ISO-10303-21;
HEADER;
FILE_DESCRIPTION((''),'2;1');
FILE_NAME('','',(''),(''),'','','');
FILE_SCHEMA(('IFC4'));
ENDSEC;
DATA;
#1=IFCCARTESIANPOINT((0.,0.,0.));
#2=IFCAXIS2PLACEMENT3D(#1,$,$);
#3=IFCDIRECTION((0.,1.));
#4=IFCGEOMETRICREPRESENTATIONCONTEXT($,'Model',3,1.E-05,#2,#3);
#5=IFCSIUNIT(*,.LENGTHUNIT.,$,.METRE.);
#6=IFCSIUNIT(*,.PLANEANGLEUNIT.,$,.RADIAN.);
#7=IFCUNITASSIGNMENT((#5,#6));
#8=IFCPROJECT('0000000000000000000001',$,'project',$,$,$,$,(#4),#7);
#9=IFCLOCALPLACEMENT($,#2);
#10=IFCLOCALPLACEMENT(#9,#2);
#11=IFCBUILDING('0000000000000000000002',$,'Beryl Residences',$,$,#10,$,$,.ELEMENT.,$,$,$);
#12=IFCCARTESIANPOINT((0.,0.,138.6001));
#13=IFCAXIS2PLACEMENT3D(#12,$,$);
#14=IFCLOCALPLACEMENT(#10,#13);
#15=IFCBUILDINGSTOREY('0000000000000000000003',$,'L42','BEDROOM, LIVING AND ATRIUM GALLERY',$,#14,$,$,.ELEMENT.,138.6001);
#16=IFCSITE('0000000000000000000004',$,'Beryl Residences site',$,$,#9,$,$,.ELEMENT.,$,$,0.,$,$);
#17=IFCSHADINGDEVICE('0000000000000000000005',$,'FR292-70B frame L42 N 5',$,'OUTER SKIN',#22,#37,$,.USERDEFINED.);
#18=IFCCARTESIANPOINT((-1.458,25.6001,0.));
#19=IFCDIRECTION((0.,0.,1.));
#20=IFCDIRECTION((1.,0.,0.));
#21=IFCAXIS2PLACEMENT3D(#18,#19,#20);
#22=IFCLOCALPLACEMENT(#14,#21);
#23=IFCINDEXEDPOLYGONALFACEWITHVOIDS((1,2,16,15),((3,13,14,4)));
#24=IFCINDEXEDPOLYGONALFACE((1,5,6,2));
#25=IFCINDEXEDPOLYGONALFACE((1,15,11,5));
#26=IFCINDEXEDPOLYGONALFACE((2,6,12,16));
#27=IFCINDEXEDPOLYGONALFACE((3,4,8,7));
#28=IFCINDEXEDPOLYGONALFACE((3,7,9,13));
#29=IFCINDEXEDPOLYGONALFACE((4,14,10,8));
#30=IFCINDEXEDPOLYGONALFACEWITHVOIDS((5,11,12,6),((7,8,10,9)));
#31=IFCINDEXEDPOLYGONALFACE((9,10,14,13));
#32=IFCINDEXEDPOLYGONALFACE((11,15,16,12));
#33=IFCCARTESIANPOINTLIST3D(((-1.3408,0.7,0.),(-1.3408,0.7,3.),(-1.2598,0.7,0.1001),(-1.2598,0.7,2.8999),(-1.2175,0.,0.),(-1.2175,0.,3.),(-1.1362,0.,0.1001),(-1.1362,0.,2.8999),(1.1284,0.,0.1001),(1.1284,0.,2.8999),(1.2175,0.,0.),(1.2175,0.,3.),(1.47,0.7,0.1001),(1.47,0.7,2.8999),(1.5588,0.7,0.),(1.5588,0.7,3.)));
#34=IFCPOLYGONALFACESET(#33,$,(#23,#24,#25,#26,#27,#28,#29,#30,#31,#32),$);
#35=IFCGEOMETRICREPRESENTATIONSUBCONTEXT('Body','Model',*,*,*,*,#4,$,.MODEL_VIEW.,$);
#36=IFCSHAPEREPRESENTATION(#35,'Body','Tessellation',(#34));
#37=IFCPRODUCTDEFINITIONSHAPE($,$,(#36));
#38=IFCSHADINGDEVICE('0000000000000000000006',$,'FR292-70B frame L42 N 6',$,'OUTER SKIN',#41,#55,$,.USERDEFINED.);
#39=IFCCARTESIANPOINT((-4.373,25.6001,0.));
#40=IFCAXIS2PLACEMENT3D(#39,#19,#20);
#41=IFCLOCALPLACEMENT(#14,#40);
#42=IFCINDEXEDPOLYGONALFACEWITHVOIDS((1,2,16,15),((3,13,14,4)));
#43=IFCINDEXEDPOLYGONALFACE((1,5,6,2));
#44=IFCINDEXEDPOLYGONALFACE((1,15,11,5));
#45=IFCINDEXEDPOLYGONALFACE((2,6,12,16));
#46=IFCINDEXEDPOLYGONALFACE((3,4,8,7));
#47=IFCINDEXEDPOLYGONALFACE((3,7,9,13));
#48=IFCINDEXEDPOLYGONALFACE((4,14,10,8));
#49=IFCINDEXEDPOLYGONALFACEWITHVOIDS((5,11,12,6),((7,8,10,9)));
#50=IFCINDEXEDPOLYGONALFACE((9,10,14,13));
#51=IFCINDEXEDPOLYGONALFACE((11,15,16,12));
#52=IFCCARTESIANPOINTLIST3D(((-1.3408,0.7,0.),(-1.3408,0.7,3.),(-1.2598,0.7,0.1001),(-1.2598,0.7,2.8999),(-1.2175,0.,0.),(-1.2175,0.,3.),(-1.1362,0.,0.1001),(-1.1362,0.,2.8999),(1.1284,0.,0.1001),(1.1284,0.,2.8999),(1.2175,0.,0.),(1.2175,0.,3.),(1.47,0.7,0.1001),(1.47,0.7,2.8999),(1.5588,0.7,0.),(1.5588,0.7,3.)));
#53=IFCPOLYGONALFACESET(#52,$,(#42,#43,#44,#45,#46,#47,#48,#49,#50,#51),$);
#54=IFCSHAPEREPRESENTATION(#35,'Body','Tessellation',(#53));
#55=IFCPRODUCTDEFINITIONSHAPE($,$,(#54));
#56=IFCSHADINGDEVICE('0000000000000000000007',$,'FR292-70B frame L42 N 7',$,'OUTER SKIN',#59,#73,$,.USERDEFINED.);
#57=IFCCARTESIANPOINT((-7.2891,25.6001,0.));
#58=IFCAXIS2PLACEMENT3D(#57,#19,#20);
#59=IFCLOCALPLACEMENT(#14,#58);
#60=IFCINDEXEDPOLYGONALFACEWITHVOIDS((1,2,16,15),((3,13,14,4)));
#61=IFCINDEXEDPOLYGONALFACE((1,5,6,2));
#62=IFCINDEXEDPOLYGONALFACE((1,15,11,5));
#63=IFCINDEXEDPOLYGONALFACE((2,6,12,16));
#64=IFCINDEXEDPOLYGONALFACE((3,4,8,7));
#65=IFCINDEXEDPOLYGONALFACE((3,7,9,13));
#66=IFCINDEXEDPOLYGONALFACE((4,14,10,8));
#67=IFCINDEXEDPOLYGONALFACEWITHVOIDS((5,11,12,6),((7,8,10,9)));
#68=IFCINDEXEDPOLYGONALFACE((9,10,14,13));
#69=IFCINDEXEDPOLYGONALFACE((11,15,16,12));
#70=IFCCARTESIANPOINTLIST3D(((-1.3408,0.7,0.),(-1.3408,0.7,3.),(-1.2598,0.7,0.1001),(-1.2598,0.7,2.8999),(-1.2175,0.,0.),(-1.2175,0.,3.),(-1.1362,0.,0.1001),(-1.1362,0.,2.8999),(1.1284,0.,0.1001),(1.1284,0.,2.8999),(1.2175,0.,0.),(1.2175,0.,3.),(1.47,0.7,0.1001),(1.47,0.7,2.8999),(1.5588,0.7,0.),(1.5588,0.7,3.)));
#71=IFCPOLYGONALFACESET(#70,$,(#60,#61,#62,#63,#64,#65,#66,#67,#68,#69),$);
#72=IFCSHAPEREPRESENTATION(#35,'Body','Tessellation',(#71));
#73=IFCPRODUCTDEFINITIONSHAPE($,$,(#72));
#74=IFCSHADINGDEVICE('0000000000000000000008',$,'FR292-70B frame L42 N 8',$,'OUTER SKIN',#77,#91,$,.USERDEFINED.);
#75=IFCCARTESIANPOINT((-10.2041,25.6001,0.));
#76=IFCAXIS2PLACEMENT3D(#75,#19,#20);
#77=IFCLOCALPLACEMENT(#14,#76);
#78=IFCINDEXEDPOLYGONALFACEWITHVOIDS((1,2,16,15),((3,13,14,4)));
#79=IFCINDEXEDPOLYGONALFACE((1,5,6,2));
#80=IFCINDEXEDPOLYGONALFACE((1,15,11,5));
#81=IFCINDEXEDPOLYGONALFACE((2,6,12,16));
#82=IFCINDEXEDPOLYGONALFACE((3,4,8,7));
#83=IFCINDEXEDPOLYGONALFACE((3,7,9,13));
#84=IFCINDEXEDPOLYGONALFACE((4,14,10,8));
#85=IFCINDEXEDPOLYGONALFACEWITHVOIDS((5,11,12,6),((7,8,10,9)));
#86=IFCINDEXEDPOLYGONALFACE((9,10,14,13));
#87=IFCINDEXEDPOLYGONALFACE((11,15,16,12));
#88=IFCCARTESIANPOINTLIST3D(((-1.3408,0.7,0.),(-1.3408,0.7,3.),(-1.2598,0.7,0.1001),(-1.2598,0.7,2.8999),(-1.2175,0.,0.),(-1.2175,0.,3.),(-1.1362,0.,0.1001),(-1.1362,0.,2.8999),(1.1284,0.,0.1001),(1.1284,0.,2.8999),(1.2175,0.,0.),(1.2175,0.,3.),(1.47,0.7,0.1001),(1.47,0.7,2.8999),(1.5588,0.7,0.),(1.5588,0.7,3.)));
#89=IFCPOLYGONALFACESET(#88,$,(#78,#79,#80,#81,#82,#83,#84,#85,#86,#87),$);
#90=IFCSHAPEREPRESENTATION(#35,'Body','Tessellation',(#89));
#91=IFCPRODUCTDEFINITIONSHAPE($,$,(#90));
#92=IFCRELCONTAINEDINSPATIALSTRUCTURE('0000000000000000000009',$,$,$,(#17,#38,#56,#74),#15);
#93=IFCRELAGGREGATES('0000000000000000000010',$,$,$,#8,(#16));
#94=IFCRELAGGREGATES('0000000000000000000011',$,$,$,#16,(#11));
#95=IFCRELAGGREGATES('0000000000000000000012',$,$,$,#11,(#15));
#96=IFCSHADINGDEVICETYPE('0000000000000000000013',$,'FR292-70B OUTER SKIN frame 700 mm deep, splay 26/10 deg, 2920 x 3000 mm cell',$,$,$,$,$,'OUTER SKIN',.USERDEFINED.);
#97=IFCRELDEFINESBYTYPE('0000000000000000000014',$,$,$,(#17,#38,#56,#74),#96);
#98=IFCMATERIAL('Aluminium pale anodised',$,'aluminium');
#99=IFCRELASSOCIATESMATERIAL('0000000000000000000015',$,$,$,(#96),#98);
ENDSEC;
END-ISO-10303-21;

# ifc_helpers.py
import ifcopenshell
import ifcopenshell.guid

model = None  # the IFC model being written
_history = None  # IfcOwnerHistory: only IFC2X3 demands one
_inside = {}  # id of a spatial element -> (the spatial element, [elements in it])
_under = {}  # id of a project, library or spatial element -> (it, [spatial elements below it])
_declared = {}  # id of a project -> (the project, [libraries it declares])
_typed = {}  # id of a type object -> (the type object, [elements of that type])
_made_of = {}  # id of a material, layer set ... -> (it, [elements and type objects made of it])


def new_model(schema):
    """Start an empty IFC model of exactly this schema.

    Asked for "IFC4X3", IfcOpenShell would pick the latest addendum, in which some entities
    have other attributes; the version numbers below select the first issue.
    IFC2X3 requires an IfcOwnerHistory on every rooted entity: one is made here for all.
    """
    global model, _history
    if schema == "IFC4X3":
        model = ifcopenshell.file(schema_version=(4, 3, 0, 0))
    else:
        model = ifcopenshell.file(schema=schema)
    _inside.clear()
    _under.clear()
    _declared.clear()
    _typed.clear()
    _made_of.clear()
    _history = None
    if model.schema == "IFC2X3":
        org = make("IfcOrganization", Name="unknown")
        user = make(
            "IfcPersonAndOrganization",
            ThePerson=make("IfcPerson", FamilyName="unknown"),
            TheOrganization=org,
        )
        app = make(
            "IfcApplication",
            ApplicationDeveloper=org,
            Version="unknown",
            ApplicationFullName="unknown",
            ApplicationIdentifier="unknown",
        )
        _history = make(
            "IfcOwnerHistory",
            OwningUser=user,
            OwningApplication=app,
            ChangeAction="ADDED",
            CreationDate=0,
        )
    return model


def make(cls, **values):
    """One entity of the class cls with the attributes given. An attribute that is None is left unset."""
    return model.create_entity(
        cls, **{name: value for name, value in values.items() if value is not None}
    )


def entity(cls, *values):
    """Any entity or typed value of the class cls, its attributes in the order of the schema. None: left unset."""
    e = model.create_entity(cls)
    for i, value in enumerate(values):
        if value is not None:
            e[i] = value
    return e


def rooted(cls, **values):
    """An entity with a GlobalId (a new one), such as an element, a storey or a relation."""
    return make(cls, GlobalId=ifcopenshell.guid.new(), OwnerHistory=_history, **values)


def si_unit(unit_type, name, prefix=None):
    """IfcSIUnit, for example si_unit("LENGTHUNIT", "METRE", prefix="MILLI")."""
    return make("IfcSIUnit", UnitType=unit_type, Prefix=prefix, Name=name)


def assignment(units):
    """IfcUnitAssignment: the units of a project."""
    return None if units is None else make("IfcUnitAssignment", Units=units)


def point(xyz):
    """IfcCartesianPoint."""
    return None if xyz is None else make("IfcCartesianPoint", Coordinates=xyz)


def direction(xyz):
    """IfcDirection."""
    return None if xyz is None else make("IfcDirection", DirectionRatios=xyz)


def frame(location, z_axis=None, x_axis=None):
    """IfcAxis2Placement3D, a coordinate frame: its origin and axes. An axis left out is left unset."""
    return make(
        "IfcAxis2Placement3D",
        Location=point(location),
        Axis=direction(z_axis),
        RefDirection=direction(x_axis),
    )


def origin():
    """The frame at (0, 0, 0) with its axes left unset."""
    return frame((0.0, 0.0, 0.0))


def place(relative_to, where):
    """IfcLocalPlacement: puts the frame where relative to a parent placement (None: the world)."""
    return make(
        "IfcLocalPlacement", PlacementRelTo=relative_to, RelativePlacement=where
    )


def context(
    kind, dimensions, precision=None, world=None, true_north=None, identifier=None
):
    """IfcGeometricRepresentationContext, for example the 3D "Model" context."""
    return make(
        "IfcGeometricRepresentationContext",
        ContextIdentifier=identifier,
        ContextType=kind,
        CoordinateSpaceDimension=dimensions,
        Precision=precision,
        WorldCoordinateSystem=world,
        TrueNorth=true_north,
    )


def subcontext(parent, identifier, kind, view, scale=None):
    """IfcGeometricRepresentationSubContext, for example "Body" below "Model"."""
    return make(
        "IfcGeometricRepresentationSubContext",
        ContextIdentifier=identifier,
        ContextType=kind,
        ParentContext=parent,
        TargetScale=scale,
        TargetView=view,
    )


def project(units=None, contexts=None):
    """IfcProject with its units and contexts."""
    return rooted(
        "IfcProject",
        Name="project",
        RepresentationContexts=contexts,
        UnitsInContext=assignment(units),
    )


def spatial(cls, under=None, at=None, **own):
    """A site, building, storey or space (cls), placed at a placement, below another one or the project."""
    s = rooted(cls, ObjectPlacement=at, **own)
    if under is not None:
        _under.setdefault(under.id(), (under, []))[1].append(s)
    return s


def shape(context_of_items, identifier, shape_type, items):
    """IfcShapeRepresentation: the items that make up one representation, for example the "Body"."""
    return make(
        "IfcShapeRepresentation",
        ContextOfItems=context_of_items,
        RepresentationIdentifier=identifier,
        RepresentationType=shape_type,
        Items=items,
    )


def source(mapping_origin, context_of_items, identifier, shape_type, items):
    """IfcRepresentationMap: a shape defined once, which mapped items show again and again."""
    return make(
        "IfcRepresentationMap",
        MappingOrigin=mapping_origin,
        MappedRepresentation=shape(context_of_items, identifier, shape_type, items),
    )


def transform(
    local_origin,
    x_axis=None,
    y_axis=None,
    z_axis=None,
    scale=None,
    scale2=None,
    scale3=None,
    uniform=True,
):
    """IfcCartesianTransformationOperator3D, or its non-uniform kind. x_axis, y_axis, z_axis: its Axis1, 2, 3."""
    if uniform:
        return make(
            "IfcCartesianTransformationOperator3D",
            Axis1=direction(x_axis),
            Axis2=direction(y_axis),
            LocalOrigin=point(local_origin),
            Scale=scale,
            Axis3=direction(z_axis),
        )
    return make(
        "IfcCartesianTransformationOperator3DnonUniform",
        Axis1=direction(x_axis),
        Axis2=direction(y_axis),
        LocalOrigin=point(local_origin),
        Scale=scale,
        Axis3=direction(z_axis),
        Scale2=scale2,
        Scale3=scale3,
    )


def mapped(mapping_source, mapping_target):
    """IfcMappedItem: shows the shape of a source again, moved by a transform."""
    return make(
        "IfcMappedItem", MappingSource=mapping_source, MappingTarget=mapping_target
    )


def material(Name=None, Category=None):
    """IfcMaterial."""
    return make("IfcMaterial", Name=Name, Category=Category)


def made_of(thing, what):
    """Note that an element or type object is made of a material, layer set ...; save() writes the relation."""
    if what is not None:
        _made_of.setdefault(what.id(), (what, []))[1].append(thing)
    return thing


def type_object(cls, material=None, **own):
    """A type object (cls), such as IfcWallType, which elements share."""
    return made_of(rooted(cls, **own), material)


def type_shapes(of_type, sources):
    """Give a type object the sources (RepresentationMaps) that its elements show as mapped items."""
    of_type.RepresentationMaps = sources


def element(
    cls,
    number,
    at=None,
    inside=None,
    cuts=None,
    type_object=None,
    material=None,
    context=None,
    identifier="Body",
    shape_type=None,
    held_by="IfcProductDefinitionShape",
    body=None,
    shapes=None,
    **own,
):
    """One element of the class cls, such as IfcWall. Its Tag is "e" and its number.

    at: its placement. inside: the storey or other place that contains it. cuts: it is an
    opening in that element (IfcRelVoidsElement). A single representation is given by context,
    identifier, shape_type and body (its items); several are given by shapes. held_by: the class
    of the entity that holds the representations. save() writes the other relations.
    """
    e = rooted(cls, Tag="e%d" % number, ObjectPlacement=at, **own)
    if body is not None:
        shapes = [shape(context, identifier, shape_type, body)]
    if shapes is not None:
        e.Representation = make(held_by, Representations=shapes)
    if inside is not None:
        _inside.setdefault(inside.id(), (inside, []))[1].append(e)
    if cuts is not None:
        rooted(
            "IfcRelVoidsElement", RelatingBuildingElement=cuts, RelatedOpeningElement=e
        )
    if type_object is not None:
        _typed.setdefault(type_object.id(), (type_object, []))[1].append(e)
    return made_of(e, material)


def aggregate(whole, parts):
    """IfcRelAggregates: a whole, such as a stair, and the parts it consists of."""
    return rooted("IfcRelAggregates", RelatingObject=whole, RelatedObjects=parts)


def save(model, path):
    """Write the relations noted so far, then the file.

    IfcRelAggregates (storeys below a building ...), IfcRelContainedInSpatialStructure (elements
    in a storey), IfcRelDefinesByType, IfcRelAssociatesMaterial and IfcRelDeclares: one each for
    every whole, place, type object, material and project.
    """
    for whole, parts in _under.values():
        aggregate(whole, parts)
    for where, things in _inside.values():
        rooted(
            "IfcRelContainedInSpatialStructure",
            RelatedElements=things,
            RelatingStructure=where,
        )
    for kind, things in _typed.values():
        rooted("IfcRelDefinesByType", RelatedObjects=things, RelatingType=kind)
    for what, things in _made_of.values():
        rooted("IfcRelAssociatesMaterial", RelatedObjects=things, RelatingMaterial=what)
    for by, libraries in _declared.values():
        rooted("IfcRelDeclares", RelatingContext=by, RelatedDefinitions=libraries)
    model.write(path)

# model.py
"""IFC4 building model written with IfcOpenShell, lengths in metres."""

from ifc_helpers import new_model, entity, si_unit, direction, frame, origin, place, context, subcontext, project, spatial, source, transform, mapped, material, type_object, type_shapes, element, save


model = new_model("IFC4")

# Units and contexts
model_context = context("Model", 3, precision=1e-05, world=origin(), true_north=direction((0.0, 1.0)))
body_context = subcontext(model_context, "Body", "Model", "MODEL_VIEW")
ifc_project = project(units=[si_unit("LENGTHUNIT", "METRE"), si_unit("PLANEANGLEUNIT", "RADIAN")], contexts=[model_context])

# Site, building, storey
site_placement = place(None, origin())
site = spatial("IfcSite", under=ifc_project, at=site_placement, Name="Beryl Residences site", CompositionType="ELEMENT", RefElevation=0.0)
building_placement = place(site_placement, origin())
building = spatial("IfcBuilding", under=site, at=building_placement, Name="Beryl Residences", CompositionType="ELEMENT")
storey_placement = place(building_placement, frame((0.0, 0.0, 138.6001)))
storey = spatial("IfcBuildingStorey", under=building, at=storey_placement, Name="L42", Description="BEDROOM, LIVING AND ATRIUM GALLERY", CompositionType="ELEMENT", Elevation=138.6001)

# Shading devices
ifc_material_1 = material(Name="Aluminium pale anodised", Category="aluminium")
shading_device_type = type_object("IfcShadingDeviceType", Name="FR292-70B OUTER SKIN frame 700 mm deep, splay 26/10 deg, 2920 x 3000 mm cell", ElementType="OUTER SKIN", PredefinedType="USERDEFINED", material=ifc_material_1)
cartesian_point_1 = entity("IfcCartesianPoint", [-1.2175, 0.0])
cartesian_point_2 = entity("IfcCartesianPoint", [-1.1284, 0.1001])
cartesian_point_3 = entity("IfcCartesianPoint", [-1.5588, 0.0])
cartesian_point_4 = entity("IfcCartesianPoint", [-1.47, 0.1001])
shared_shape_1 = source(origin(), body_context, "Body", "SweptSolid", [
    entity("IfcExtrudedAreaSolidTapered", entity("IfcArbitraryProfileDefWithVoids", "AREA", None, entity("IfcPolyline", [cartesian_point_1, entity("IfcCartesianPoint", [1.2175, 0.0]), entity("IfcCartesianPoint", [1.2175, 3.0]), entity("IfcCartesianPoint", [-1.2175, 3.0]), cartesian_point_1]), [entity("IfcPolyline", [cartesian_point_2, entity("IfcCartesianPoint", [1.1362, 0.1001]), entity("IfcCartesianPoint", [1.1362, 2.8999]), entity("IfcCartesianPoint", [-1.1284, 2.8999]), cartesian_point_2])]), entity("IfcAxis2Placement3D", entity("IfcCartesianPoint", [0.0, 0.0, 0.0]), entity("IfcDirection", [0.0, 1.0, 0.0]), entity("IfcDirection", [-1.0, 0.0, 0.0])), entity("IfcDirection", [0.0, 0.0, 1.0]), 0.7, entity("IfcArbitraryProfileDefWithVoids", "AREA", None, entity("IfcPolyline", [cartesian_point_3, entity("IfcCartesianPoint", [1.3408, 0.0]), entity("IfcCartesianPoint", [1.3408, 3.0]), entity("IfcCartesianPoint", [-1.5588, 3.0]), cartesian_point_3]), [entity("IfcPolyline", [cartesian_point_4, entity("IfcCartesianPoint", [1.2598, 0.1001]), entity("IfcCartesianPoint", [1.2598, 2.8999]), entity("IfcCartesianPoint", [-1.47, 2.8999]), cartesian_point_4])])),
])
type_shapes(shading_device_type, [shared_shape_1])
for number, where, z_axis, x_axis, name in (
    (1, (-1.458, 25.6001, 0.0), (0.0, 0.0, 1.0), (1.0, 0.0, 0.0), "FR292-70B frame L42 N 5"),
    (2, (-4.373, 25.6001, 0.0), (0.0, 0.0, 1.0), (1.0, 0.0, 0.0), "FR292-70B frame L42 N 6"),
    (3, (-7.2891, 25.6001, 0.0), (0.0, 0.0, 1.0), (1.0, 0.0, 0.0), "FR292-70B frame L42 N 7"),
    (4, (-10.2041, 25.6001, 0.0), (0.0, 0.0, 1.0), (1.0, 0.0, 0.0), "FR292-70B frame L42 N 8"),
):
    element("IfcShadingDevice", number, at=place(storey_placement, frame(where, z_axis=z_axis, x_axis=x_axis)), inside=storey, type_object=shading_device_type, Name=name, ObjectType="OUTER SKIN", PredefinedType="USERDEFINED", context=body_context, shape_type="MappedRepresentation", body=[
        mapped(shared_shape_1, transform((0.0, 0.0, 0.0))),
    ])

save(model, "model.ifc")
